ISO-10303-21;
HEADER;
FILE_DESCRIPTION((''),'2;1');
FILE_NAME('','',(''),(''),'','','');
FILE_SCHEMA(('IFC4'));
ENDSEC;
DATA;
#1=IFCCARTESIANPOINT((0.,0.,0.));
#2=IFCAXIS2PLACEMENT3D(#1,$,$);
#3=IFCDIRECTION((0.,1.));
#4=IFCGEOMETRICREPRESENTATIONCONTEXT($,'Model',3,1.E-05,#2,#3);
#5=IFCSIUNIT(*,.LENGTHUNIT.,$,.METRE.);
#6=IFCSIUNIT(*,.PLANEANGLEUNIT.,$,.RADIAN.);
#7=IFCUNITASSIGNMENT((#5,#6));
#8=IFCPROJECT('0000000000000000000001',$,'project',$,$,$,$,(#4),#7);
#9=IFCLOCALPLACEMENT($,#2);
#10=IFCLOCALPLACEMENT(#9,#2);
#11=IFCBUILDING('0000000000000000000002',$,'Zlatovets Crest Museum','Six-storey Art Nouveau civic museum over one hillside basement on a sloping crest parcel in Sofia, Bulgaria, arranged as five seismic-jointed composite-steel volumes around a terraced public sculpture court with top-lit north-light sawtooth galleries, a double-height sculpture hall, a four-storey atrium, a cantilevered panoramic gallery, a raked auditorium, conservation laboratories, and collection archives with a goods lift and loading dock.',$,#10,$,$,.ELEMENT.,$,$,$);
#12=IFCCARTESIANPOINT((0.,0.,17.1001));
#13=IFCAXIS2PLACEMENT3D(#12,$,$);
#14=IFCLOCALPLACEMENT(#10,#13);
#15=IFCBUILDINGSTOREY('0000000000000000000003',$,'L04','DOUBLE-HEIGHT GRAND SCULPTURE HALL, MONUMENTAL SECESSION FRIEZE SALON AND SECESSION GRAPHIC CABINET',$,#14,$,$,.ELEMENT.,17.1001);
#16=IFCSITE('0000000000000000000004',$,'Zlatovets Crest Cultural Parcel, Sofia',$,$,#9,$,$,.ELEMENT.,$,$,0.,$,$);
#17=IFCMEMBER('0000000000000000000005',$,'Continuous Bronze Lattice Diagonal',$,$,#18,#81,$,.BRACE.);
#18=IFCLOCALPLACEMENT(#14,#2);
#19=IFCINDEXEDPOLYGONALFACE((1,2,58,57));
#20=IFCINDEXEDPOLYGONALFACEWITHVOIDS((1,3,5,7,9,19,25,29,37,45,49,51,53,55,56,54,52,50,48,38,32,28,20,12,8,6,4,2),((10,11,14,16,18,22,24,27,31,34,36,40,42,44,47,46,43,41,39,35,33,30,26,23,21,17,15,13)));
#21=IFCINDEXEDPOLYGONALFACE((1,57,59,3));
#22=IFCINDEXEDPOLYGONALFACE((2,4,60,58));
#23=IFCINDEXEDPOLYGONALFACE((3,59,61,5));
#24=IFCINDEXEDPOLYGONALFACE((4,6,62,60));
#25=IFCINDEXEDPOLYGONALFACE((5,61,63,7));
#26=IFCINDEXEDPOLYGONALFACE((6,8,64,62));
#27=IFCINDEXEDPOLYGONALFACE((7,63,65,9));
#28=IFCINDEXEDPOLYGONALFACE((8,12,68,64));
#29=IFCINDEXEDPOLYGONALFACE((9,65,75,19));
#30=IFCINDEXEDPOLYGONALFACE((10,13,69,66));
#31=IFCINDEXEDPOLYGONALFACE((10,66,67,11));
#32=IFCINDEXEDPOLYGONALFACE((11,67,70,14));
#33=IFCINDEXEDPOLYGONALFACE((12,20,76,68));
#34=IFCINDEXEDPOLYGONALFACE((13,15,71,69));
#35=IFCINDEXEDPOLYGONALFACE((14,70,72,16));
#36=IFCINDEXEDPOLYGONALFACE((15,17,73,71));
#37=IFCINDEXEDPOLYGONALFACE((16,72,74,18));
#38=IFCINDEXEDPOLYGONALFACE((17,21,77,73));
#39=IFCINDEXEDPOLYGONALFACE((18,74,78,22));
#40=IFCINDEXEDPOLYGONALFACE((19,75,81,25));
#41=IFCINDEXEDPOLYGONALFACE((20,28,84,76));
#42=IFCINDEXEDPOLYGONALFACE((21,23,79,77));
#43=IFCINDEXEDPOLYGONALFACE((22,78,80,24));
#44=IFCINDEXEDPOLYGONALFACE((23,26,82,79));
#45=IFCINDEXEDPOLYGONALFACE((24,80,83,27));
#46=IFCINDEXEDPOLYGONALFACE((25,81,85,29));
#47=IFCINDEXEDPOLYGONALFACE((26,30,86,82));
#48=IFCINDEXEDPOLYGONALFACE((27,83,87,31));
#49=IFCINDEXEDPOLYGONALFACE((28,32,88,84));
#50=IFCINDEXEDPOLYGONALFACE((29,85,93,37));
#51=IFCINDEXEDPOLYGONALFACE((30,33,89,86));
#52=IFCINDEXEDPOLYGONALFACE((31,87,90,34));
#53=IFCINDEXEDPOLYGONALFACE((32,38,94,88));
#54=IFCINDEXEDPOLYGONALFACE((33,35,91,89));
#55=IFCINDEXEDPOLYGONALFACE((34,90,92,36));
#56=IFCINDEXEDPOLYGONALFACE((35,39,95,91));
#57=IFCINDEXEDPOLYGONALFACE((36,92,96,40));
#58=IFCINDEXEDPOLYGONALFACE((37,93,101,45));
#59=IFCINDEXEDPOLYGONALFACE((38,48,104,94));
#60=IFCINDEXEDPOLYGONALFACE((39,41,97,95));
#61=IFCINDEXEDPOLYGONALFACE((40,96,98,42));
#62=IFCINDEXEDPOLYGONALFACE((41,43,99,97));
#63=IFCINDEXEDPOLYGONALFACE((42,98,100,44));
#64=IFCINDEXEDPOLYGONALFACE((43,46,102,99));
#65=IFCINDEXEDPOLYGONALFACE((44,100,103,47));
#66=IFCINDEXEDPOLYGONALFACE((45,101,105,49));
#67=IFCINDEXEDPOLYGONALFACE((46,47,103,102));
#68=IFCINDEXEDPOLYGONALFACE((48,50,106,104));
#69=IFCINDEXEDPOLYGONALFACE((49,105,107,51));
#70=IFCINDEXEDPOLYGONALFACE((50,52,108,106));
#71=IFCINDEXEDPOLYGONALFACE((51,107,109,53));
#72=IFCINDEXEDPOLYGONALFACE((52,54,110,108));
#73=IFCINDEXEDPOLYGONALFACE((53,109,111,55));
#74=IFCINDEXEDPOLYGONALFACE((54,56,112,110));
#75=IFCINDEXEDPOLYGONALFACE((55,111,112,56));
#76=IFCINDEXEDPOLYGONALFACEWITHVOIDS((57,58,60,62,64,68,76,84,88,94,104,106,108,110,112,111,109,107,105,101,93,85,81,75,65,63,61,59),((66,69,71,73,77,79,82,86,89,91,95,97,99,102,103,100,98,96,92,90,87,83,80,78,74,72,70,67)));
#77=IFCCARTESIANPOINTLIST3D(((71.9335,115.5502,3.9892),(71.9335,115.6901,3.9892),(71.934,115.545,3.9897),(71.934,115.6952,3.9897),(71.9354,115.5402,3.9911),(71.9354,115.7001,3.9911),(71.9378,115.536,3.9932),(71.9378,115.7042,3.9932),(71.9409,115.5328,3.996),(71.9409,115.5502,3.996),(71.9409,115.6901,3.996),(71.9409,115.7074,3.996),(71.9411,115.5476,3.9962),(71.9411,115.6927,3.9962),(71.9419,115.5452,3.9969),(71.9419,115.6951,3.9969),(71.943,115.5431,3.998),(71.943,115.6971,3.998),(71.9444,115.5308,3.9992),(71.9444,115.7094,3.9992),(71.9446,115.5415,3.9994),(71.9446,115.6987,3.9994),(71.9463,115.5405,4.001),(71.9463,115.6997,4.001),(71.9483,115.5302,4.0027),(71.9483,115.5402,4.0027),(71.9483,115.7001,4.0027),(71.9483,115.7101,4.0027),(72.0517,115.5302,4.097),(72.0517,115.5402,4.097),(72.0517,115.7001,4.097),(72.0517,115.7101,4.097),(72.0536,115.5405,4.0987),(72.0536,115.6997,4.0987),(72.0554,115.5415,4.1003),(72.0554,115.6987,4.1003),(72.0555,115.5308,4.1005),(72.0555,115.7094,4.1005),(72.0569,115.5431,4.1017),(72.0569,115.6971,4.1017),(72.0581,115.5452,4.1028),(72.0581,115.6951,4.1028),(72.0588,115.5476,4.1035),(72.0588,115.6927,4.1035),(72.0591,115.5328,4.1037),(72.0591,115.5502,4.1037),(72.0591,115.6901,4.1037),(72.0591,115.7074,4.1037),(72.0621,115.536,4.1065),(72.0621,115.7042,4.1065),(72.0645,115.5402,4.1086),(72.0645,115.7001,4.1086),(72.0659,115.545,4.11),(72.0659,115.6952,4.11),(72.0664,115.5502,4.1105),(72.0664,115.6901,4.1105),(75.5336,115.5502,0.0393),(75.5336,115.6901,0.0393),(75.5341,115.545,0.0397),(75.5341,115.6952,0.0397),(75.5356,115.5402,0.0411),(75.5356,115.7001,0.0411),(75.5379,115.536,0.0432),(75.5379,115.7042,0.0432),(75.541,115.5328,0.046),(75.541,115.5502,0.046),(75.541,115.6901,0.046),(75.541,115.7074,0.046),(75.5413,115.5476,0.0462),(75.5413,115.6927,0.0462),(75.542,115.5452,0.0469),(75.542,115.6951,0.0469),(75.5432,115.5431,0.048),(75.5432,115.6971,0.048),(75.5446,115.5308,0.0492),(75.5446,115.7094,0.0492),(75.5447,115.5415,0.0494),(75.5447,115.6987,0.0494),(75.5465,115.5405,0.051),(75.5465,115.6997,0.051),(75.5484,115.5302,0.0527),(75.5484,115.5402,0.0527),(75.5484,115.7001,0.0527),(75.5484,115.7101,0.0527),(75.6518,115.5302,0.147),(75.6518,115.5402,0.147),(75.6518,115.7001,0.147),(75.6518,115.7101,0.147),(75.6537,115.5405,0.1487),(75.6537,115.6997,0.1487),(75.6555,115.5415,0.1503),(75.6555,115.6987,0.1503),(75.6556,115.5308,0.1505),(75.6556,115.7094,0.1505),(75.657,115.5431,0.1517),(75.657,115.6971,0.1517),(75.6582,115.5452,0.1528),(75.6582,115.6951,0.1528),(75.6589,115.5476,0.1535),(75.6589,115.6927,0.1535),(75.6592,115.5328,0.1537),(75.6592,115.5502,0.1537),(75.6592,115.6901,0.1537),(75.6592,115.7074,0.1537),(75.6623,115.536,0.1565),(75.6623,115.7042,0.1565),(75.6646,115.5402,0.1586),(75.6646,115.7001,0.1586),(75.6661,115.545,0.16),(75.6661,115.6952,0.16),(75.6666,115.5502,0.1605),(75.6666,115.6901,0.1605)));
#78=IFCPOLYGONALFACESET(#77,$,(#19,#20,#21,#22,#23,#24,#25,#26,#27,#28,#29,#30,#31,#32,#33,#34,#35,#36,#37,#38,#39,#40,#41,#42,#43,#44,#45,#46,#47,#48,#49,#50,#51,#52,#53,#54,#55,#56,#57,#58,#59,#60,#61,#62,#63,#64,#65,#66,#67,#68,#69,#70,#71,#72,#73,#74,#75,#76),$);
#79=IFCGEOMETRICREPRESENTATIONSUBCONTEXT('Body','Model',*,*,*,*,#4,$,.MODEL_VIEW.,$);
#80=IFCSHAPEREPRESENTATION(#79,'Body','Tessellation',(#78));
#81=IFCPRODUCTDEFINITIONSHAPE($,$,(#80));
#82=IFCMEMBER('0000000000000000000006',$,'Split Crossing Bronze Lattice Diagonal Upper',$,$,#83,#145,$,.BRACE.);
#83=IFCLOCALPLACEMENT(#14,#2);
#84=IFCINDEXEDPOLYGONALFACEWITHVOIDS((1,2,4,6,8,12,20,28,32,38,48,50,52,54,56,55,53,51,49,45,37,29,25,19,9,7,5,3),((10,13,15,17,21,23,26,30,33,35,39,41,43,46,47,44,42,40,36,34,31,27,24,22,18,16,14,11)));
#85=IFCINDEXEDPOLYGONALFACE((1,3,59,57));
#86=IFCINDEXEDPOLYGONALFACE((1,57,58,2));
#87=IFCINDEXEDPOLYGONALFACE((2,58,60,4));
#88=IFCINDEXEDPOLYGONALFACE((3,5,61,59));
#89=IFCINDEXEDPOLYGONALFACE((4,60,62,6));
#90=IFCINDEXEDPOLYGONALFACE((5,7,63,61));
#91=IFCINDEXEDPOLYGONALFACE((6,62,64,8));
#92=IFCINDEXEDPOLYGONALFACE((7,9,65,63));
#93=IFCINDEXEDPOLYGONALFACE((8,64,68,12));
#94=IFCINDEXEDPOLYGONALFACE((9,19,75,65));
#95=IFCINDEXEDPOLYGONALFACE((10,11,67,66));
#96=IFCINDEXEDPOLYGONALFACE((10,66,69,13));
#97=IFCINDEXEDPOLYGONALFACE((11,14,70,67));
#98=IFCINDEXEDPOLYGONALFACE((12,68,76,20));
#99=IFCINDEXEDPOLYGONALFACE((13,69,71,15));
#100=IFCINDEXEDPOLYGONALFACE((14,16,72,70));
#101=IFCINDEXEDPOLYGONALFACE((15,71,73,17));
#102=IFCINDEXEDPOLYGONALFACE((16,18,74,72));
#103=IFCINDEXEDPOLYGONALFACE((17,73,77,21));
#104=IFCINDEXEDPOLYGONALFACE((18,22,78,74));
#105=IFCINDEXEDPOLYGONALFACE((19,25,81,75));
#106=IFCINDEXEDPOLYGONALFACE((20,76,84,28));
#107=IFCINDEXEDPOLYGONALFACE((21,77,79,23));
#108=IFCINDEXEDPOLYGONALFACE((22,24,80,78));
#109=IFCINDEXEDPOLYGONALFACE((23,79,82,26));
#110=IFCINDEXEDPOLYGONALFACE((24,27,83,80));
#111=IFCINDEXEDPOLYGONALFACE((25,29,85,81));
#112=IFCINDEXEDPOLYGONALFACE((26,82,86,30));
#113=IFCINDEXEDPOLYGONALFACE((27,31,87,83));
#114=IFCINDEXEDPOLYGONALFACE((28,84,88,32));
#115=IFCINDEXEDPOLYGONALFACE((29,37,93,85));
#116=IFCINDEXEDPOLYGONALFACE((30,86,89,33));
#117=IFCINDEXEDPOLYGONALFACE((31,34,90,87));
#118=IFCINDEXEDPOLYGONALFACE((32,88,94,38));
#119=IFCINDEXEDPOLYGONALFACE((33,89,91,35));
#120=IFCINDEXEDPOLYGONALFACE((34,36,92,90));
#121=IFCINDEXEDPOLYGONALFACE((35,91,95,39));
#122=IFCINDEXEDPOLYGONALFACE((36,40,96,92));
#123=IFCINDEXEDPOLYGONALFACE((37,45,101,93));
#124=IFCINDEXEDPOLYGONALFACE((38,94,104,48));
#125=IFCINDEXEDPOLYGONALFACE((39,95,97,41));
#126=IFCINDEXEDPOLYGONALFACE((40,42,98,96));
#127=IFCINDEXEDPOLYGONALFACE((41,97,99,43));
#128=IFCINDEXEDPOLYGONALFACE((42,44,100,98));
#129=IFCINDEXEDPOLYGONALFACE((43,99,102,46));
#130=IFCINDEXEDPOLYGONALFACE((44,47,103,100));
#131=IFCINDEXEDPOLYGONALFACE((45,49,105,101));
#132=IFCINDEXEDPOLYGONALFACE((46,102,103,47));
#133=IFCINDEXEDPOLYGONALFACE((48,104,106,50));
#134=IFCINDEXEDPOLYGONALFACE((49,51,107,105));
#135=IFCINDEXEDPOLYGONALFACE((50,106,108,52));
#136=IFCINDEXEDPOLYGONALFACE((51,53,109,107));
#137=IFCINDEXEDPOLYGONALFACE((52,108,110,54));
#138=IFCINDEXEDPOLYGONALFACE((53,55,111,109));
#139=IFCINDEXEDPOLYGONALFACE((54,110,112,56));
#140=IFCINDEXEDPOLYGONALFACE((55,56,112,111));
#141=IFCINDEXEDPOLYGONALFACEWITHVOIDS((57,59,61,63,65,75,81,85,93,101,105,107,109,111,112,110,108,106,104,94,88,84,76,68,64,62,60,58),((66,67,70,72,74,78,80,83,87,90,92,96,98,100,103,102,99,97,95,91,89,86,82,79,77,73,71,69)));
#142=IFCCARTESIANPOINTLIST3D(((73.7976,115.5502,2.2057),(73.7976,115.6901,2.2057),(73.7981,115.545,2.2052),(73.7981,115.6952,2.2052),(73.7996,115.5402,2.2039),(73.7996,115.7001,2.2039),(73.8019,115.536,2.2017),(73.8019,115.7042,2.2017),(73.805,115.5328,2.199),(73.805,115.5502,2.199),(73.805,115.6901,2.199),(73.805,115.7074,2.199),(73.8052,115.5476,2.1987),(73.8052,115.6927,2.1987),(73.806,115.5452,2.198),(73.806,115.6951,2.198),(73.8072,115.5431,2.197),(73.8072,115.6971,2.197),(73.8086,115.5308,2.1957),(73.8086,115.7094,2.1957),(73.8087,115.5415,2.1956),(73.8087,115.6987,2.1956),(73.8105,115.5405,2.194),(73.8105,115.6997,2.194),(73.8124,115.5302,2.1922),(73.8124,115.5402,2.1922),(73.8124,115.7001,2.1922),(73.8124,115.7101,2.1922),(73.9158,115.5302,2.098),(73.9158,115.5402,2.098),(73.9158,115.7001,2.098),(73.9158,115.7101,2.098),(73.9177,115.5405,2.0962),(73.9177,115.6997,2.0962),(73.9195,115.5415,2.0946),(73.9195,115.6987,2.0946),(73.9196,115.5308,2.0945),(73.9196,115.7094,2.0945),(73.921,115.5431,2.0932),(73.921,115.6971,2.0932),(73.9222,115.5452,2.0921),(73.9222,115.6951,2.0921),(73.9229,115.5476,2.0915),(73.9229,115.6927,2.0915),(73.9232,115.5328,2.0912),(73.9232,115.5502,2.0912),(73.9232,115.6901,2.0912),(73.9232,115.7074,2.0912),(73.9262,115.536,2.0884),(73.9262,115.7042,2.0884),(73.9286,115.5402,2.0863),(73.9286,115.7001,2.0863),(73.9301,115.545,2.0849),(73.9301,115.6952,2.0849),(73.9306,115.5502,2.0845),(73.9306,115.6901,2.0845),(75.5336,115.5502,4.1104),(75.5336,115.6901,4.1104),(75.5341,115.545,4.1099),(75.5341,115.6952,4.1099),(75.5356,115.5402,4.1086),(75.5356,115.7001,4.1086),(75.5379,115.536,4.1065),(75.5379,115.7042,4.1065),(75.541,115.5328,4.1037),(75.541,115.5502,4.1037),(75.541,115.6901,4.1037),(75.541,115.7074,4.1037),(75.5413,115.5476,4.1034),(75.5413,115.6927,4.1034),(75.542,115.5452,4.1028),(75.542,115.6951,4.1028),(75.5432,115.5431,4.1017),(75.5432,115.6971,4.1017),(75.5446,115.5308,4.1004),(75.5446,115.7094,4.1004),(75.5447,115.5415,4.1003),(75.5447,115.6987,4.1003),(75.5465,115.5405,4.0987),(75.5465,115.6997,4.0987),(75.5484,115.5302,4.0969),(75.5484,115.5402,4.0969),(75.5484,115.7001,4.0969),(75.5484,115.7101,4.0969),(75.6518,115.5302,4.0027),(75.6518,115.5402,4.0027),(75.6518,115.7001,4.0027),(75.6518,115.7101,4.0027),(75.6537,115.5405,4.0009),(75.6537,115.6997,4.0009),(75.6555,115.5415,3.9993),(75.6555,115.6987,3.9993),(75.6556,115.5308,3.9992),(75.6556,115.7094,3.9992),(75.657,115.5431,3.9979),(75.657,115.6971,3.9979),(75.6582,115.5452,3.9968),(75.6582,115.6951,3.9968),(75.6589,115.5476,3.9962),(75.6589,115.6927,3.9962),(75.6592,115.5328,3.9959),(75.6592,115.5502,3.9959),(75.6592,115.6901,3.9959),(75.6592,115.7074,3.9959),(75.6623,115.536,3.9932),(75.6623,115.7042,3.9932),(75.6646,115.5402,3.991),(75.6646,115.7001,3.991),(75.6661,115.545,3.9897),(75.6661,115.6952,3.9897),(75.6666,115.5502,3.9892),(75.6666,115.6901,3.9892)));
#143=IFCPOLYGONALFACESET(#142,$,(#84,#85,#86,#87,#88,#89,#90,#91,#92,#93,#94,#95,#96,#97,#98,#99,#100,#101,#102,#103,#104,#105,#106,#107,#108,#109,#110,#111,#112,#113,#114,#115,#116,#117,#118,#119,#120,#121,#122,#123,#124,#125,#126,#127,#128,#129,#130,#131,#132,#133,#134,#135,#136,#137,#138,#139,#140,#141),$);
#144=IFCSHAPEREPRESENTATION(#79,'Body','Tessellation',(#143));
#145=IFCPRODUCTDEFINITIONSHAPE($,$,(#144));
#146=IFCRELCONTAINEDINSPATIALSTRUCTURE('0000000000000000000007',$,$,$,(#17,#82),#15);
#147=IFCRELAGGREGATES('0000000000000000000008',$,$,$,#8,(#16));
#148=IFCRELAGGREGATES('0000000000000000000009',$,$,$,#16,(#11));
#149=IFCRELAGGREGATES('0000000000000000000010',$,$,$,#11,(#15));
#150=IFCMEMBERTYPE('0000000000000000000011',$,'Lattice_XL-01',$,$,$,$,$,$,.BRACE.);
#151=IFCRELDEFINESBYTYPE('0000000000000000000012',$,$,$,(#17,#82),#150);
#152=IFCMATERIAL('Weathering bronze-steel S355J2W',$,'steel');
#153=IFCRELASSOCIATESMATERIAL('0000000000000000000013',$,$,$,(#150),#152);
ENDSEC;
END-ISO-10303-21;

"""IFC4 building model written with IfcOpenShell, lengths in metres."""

from ifc_helpers import new_model, si_unit, direction, frame, origin, origin_2d, place, context, subcontext, project, spatial, hollow_rectangle, extrude, material, material_profile, profile_set, type_object, element, save


model = new_model("IFC4")

# Units and contexts
model_context = context("Model", 3, precision=1e-05, world=origin(), true_north=direction((0.0, 1.0)))
body_context = subcontext(model_context, "Body", "Model", "MODEL_VIEW")
ifc_project = project(units=[si_unit("LENGTHUNIT", "METRE"), si_unit("PLANEANGLEUNIT", "RADIAN")], contexts=[model_context])

# Site, building, storey
site_placement = place(None, origin())
site = spatial("IfcSite", under=ifc_project, at=site_placement, Name="Zlatovets Crest Cultural Parcel, Sofia", CompositionType="ELEMENT", RefElevation=0.0)
building_placement = place(site_placement, origin())
building = spatial("IfcBuilding", under=site, at=building_placement, Name="Zlatovets Crest Museum", Description="Six-storey Art Nouveau civic museum over one hillside basement on a sloping crest parcel in Sofia, Bulgaria, arranged as five seismic-jointed composite-steel volumes around a terraced public sculpture court with top-lit north-light sawtooth galleries, a double-height sculpture hall, a four-storey atrium, a cantilevered panoramic gallery, a raked auditorium, conservation laboratories, and collection archives with a goods lift and loading dock.", CompositionType="ELEMENT")
storey_placement = place(building_placement, frame((0.0, 0.0, 17.1001)))
storey = spatial("IfcBuildingStorey", under=building, at=storey_placement, Name="L04", Description="DOUBLE-HEIGHT GRAND SCULPTURE HALL, MONUMENTAL SECESSION FRIEZE SALON AND SECESSION GRAPHIC CABINET", CompositionType="ELEMENT", Elevation=17.1001)

# Members
ifc_material_1 = material(Name="Weathering bronze-steel S355J2W", Category="steel")
ifc_material_profile_1 = material_profile(ifc_material_1, hollow_rectangle(XDim=0.1799, YDim=0.1799, WallThickness=0.01, InnerFilletRadius=0.01, OuterFilletRadius=0.02, at=origin_2d()), Name="SHS 180x180x10.0")
ifc_profile_set_1 = profile_set([ifc_material_profile_1], Name="Weathering bronze-steel S355J2W")
member_type_1 = type_object("IfcMemberType", Name="Lattice_XL-01", PredefinedType="BRACE", material=ifc_profile_set_1)
member_1_placement = place(storey_placement, frame((75.6001, 115.6201, 0.0999), z_axis=(-0.673618, 0.0, 0.73908), x_axis=(0.0, -1.0, 0.0)))
element("IfcMember", 1, at=member_1_placement, inside=storey, type_object=member_type_1, Name="Continuous Bronze Lattice Diagonal", PredefinedType="BRACE", context=body_context, shape_type="SweptSolid", body=[
    extrude(hollow_rectangle(XDim=0.1799, YDim=0.1799, WallThickness=0.01, InnerFilletRadius=0.01, OuterFilletRadius=0.02, at=origin_2d()), origin(), (0.0, 0.0, 1.0), 5.3445),
])
for number, where, z_axis, x_axis, name in (
    (2, (75.6001, 115.6201, 4.0498), (-0.67362, 0.0, -0.739078), (0.0, -1.0, 0.0), "Split Crossing Bronze Lattice Diagonal Upper"),
):
    element("IfcMember", number, at=place(storey_placement, frame(where, z_axis=z_axis, x_axis=x_axis)), inside=storey, type_object=member_type_1, Name=name, PredefinedType="BRACE", context=body_context, shape_type="SweptSolid", body=[
        extrude(hollow_rectangle(XDim=0.1799, YDim=0.1799, WallThickness=0.01, InnerFilletRadius=0.01, OuterFilletRadius=0.02, at=origin_2d()), origin(), (0.0, 0.0, 1.0), 2.5771),
    ])

save(model, "model.ifc")
